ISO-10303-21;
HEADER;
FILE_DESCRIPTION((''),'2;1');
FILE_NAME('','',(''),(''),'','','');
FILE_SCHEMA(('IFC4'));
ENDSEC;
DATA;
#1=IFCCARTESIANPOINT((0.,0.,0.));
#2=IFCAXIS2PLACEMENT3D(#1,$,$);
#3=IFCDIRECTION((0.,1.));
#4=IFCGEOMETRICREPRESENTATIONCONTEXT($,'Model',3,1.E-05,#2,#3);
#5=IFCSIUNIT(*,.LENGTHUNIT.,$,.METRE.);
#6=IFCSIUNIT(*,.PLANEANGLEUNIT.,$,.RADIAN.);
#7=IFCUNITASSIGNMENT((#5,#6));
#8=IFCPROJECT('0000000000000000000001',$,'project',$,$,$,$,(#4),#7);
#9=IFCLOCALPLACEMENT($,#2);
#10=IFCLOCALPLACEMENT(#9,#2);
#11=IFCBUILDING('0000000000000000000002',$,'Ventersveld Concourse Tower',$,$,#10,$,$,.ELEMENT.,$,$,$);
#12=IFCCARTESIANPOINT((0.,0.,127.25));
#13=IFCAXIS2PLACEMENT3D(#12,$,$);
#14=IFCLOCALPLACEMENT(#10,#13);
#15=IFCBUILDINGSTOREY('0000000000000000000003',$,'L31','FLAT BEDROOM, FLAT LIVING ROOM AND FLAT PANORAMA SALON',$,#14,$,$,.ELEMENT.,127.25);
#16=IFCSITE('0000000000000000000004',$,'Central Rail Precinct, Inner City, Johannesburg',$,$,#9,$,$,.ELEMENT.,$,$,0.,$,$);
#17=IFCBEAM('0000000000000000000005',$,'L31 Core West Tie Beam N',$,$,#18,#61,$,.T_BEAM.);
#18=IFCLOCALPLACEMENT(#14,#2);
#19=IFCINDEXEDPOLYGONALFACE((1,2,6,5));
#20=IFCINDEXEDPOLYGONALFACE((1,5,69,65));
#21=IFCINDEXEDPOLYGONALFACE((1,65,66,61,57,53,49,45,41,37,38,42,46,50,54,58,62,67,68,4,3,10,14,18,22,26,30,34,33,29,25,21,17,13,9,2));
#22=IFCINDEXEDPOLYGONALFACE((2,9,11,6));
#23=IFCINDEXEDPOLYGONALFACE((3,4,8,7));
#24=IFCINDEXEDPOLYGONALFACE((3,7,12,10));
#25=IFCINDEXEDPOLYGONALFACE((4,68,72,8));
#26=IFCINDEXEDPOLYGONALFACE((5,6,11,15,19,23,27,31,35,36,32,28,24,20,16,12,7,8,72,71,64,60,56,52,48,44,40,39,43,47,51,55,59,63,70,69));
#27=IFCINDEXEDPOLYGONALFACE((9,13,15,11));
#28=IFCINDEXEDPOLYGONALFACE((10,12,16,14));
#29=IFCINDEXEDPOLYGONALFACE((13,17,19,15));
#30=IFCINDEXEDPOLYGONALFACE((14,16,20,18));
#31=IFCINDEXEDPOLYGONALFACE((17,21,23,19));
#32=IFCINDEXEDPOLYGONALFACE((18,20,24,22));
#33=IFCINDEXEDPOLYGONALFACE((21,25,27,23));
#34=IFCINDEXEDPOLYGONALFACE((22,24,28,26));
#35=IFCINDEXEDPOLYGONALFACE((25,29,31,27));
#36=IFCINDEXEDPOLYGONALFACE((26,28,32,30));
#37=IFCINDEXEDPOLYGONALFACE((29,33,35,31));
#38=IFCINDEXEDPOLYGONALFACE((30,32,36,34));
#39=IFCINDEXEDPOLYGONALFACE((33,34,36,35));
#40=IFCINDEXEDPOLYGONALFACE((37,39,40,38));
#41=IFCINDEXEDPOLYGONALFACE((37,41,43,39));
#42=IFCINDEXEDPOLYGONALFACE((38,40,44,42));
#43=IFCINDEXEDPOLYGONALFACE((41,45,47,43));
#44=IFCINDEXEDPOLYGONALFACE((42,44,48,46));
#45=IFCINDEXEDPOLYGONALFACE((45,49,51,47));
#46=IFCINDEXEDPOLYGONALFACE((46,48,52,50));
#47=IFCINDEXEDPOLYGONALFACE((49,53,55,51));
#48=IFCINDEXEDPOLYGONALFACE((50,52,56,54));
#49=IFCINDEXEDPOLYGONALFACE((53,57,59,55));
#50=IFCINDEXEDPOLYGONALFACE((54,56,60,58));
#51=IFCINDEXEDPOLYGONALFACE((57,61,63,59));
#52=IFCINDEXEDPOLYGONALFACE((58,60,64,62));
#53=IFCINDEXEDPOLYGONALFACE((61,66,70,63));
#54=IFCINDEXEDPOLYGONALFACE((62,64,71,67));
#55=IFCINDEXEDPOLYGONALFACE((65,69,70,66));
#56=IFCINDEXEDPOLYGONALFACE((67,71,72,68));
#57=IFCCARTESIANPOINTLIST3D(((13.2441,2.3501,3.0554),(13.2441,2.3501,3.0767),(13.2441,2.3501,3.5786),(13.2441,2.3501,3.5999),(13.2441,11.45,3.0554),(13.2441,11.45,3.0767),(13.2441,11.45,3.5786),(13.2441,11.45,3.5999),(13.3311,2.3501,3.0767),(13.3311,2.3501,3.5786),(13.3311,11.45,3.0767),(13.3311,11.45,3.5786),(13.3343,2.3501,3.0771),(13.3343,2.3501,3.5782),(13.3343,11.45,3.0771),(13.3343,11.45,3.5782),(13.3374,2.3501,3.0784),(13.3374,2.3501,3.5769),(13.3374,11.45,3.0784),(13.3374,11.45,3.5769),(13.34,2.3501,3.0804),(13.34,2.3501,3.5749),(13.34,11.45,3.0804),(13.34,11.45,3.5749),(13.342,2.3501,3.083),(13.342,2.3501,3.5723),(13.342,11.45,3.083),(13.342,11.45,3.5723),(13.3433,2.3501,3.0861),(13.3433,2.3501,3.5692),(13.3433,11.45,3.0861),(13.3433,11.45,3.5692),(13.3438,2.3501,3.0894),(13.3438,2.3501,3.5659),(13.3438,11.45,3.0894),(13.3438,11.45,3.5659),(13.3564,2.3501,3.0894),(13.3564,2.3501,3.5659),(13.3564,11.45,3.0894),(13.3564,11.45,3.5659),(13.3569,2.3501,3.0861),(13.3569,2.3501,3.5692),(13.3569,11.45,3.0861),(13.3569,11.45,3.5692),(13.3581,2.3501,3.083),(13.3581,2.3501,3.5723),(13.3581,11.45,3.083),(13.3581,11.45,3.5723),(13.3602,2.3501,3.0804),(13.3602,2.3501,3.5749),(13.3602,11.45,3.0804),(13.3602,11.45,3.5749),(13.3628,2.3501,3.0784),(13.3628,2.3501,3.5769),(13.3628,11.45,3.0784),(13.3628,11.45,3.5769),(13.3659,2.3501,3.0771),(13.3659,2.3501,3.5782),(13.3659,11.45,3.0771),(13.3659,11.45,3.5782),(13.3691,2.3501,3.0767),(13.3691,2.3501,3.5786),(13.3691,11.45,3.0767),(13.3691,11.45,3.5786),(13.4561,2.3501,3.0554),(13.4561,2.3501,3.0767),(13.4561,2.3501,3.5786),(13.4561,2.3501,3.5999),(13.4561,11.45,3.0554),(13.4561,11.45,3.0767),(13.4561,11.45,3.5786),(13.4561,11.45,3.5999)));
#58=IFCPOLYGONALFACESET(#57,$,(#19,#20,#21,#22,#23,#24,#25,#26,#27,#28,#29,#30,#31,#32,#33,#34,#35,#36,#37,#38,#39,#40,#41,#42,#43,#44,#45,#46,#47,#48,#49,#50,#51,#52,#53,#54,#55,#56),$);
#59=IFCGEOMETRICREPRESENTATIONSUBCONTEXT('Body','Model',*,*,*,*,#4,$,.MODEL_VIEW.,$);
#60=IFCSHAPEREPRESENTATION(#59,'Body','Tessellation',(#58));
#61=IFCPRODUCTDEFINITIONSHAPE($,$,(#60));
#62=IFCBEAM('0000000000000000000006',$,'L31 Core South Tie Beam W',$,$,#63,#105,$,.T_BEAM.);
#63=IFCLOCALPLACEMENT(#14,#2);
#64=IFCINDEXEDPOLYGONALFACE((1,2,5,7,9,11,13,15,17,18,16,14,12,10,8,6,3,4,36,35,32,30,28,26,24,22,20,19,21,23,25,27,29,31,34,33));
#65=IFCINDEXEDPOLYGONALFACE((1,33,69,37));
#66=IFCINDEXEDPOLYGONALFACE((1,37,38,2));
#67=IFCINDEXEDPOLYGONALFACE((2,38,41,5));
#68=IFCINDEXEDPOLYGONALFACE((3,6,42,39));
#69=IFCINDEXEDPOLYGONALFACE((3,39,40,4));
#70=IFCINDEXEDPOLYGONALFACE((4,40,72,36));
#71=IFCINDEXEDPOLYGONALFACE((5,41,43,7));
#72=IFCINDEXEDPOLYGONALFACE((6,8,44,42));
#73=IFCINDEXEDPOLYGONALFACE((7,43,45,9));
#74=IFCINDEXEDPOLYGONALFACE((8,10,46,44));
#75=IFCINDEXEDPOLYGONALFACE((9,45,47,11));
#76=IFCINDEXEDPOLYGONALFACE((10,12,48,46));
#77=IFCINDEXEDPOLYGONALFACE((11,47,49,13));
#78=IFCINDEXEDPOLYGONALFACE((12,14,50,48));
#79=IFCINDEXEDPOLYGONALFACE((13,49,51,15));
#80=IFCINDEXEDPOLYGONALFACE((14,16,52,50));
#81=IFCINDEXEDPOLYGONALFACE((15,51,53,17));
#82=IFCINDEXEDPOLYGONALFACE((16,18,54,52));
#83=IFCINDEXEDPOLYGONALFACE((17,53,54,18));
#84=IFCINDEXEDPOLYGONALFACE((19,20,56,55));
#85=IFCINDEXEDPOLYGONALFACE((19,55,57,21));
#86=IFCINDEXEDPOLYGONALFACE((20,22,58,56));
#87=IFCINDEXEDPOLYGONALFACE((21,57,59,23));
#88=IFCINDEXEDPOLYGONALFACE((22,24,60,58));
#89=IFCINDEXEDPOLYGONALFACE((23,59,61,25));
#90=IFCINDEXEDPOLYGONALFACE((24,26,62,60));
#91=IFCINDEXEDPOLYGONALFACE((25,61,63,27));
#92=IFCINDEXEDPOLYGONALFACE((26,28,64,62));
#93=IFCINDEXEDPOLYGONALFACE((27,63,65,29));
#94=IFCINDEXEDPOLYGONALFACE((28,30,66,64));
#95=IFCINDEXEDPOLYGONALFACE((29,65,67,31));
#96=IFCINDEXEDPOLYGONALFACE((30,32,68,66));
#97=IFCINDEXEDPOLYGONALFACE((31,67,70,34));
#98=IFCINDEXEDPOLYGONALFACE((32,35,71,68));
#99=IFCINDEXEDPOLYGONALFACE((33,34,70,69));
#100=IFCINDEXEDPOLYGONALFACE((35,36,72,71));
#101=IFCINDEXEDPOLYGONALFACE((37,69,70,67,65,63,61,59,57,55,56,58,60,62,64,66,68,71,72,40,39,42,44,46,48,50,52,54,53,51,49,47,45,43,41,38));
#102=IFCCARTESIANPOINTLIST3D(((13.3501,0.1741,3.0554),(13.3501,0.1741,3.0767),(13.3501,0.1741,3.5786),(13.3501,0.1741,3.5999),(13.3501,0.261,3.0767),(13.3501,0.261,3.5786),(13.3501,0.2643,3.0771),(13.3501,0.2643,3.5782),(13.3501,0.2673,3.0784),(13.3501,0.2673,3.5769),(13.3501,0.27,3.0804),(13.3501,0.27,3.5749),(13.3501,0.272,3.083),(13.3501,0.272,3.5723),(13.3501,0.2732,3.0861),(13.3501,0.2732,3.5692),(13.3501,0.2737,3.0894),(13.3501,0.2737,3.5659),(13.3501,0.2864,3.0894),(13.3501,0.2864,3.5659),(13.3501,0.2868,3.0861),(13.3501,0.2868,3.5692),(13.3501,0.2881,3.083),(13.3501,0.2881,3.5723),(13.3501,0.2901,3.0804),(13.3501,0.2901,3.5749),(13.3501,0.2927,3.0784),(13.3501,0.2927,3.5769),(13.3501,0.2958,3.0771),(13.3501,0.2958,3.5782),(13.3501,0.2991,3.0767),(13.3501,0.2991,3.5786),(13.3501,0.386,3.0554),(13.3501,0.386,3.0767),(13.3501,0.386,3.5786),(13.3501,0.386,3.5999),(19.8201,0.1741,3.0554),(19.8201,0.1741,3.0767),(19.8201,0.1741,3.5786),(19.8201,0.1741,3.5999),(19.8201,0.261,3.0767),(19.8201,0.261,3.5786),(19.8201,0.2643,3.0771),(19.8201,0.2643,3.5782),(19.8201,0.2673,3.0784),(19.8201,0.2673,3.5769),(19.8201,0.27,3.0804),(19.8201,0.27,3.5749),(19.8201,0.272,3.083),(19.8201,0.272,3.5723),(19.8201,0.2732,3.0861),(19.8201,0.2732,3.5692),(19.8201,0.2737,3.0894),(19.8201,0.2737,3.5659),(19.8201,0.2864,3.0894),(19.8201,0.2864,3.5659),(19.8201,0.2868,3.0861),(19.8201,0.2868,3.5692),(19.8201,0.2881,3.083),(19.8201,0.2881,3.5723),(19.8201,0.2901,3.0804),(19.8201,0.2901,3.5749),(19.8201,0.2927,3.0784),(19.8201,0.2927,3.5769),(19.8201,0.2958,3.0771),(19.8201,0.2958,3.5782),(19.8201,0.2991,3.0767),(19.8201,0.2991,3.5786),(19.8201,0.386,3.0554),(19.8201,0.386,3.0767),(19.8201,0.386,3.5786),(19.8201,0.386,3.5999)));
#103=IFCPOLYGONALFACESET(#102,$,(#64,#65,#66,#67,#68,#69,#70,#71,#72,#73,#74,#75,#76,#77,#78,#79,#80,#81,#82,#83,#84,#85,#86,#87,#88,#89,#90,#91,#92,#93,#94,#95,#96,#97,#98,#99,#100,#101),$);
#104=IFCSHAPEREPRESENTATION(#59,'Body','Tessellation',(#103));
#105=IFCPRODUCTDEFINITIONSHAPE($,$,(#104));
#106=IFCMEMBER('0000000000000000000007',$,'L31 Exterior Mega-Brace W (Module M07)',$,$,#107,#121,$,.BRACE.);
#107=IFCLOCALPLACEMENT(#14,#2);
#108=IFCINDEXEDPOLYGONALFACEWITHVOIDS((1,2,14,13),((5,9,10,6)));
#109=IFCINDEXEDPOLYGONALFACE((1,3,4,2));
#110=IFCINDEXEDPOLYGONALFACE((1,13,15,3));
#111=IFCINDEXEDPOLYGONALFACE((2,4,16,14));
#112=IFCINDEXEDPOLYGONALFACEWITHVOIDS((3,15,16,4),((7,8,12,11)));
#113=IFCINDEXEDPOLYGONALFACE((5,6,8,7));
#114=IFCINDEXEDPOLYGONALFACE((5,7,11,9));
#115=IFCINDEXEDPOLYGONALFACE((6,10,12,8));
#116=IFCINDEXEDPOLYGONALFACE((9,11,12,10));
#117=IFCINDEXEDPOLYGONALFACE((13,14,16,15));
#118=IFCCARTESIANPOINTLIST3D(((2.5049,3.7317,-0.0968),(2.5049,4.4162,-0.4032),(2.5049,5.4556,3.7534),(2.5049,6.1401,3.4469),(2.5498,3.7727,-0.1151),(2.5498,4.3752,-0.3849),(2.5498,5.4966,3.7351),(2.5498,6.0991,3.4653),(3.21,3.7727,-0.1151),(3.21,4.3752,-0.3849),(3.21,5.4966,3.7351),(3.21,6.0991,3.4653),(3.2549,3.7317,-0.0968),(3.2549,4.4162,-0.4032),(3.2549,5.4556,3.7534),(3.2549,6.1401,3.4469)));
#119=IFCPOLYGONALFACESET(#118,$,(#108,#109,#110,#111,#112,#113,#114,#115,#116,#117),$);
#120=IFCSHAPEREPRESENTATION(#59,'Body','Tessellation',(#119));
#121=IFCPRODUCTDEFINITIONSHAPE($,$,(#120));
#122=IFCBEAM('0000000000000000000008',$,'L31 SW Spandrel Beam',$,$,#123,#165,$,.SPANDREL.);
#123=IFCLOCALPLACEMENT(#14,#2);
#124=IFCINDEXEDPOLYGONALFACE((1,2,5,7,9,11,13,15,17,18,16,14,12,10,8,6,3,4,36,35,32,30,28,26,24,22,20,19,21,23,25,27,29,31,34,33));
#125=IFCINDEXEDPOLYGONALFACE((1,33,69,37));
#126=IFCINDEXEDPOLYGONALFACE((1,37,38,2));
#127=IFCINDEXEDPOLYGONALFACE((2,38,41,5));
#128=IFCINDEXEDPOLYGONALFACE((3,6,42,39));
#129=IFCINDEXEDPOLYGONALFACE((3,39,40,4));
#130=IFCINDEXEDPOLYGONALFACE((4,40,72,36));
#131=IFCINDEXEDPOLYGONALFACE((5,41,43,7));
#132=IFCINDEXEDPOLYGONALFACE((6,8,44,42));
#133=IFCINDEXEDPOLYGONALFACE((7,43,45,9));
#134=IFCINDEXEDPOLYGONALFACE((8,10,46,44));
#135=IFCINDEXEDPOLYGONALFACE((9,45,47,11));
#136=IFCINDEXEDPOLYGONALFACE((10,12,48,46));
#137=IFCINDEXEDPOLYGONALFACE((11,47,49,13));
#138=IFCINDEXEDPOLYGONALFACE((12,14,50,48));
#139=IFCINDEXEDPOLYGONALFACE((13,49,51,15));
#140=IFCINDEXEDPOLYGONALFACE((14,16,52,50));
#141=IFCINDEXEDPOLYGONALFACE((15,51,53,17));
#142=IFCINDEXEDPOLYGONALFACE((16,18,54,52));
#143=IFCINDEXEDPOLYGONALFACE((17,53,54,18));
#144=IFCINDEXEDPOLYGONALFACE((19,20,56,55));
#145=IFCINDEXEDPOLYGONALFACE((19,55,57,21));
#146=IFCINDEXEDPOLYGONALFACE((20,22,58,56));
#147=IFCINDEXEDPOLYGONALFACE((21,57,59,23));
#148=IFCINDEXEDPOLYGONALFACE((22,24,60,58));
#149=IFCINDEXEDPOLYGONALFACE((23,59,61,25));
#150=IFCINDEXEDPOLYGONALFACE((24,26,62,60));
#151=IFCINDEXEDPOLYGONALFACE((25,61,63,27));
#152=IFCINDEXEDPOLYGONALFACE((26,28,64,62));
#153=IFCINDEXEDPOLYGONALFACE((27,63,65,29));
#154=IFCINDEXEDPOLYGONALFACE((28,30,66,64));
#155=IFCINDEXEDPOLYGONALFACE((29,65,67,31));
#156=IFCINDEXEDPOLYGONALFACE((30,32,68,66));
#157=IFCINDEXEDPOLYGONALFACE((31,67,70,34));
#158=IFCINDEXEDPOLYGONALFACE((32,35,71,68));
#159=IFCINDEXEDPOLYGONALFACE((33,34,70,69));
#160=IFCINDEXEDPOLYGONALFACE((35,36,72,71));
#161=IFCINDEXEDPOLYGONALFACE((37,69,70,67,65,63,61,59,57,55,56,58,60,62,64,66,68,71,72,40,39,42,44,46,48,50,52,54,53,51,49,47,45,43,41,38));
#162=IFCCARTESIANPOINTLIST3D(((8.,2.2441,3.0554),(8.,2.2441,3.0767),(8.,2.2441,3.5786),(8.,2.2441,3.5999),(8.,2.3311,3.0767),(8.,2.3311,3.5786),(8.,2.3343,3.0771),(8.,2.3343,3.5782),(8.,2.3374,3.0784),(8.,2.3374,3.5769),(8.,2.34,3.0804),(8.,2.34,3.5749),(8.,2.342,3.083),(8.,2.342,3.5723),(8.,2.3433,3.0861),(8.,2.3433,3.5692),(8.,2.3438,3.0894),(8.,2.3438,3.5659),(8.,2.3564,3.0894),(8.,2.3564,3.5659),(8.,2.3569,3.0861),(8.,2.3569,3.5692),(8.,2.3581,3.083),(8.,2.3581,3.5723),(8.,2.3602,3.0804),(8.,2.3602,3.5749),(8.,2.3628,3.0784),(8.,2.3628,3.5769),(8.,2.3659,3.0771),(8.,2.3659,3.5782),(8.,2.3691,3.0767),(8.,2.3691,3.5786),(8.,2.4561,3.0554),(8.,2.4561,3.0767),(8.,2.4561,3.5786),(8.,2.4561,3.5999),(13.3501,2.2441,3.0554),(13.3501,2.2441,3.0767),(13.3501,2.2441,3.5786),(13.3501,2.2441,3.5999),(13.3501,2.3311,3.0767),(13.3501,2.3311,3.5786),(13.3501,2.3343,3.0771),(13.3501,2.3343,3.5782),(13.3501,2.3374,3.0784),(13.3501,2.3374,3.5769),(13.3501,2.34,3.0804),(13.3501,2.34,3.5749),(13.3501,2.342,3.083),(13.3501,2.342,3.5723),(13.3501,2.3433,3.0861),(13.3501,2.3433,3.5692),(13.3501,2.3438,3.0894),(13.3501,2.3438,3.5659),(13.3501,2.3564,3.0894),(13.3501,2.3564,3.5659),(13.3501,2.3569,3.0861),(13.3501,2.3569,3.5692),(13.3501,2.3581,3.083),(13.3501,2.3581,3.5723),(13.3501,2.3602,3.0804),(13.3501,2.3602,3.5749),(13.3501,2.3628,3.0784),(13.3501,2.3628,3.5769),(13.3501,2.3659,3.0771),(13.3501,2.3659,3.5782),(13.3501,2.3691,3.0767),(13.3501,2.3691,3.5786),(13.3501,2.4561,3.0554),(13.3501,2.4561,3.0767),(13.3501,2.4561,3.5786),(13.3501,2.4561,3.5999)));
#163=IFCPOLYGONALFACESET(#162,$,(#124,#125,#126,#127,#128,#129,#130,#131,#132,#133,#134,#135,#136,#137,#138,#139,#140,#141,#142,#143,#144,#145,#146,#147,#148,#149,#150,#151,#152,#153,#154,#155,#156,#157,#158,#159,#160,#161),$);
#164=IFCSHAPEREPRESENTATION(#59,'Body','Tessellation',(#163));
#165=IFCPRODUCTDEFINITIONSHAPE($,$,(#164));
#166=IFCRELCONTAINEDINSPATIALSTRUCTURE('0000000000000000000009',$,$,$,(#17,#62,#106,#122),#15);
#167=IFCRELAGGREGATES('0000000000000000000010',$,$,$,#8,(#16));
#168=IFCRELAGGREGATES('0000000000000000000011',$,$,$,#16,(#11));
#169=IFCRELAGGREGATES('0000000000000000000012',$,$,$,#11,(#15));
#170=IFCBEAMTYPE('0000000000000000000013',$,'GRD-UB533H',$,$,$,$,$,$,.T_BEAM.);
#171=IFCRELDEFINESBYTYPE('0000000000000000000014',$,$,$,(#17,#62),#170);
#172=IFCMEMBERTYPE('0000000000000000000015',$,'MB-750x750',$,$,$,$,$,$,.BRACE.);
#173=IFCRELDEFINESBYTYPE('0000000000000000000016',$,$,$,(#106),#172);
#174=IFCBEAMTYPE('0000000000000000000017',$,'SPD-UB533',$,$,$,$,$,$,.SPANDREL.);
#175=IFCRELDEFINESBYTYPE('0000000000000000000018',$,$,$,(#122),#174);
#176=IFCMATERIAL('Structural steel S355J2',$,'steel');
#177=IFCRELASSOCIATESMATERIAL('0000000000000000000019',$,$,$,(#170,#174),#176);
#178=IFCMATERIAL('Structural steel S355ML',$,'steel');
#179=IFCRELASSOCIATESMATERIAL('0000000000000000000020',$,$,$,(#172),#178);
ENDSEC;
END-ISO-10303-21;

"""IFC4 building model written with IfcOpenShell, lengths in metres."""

from ifc_helpers import new_model, si_unit, direction, frame, origin, origin_2d, place, context, subcontext, project, spatial, hollow_rectangle, i_section, extrude, material, material_profile, profile_set, type_object, element, save


model = new_model("IFC4")

# Units and contexts
model_context = context("Model", 3, precision=1e-05, world=origin(), true_north=direction((0.0, 1.0)))
body_context = subcontext(model_context, "Body", "Model", "MODEL_VIEW")
ifc_project = project(units=[si_unit("LENGTHUNIT", "METRE"), si_unit("PLANEANGLEUNIT", "RADIAN")], contexts=[model_context])

# Site, building, storey
site_placement = place(None, origin())
site = spatial("IfcSite", under=ifc_project, at=site_placement, Name="Central Rail Precinct, Inner City, Johannesburg", CompositionType="ELEMENT", RefElevation=0.0)
building_placement = place(site_placement, origin())
building = spatial("IfcBuilding", under=site, at=building_placement, Name="Ventersveld Concourse Tower", CompositionType="ELEMENT")
storey_placement = place(building_placement, frame((0.0, 0.0, 127.25)))
storey = spatial("IfcBuildingStorey", under=building, at=storey_placement, Name="L31", Description="FLAT BEDROOM, FLAT LIVING ROOM AND FLAT PANORAMA SALON", CompositionType="ELEMENT", Elevation=127.25)

# Beams
ifc_material_1 = material(Name="Structural steel S355J2", Category="steel")
ifc_material_profile_1 = material_profile(ifc_material_1, i_section(OverallWidth=0.2119, OverallDepth=0.5444, WebThickness=0.0127, FlangeThickness=0.0212, FilletRadius=0.0127, at=origin_2d()), Name="UB 533x210x122")
ifc_profile_set_1 = profile_set([ifc_material_profile_1], Name="Structural steel S355J2")
beam_type_1 = type_object("IfcBeamType", Name="GRD-UB533H", PredefinedType="T_BEAM", material=ifc_profile_set_1)
beam_1_placement = place(storey_placement, frame((13.3501, 2.3501, 3.3276), z_axis=(0.0, 1.0, 0.0), x_axis=(-1.0, 0.0, 0.0)))
element("IfcBeam", 1, at=beam_1_placement, inside=storey, type_object=beam_type_1, Name="L31 Core West Tie Beam N", PredefinedType="T_BEAM", context=body_context, shape_type="SweptSolid", body=[
    extrude(i_section(OverallWidth=0.2119, OverallDepth=0.5444, WebThickness=0.0127, FlangeThickness=0.0212, FilletRadius=0.0127, at=origin_2d()), origin(), (0.0, 0.0, 1.0), 9.0999),
])
beam_2_placement = place(storey_placement, frame((13.3501, 0.28, 3.3276), z_axis=(1.0, 0.0, 0.0), x_axis=(0.0, 1.0, 0.0)))
element("IfcBeam", 2, at=beam_2_placement, inside=storey, type_object=beam_type_1, Name="L31 Core South Tie Beam W", PredefinedType="T_BEAM", context=body_context, shape_type="SweptSolid", body=[
    extrude(i_section(OverallWidth=0.2119, OverallDepth=0.5444, WebThickness=0.0127, FlangeThickness=0.0212, FilletRadius=0.0127, at=origin_2d()), origin(), (0.0, 0.0, 1.0), 6.47),
])

# Member
ifc_material_2 = material(Name="Structural steel S355ML", Category="steel")
ifc_material_profile_2 = material_profile(ifc_material_2, hollow_rectangle(XDim=0.75, YDim=0.75, WallThickness=0.0449, at=origin_2d()), Name="BOX 750x750x45")
ifc_profile_set_2 = profile_set([ifc_material_profile_2], Name="Structural steel S355ML")
member_type = type_object("IfcMemberType", Name="MB-750x750", PredefinedType="BRACE", material=ifc_profile_set_2)
member_placement = place(storey_placement, frame((2.8799, 4.074, -0.25), z_axis=(0.0, 0.408655, 0.912689), x_axis=(-1.0, 0.0, 0.0)))
element("IfcMember", 3, at=member_placement, inside=storey, type_object=member_type, Name="L31 Exterior Mega-Brace W (Module M07)", PredefinedType="BRACE", context=body_context, shape_type="SweptSolid", body=[
    extrude(hollow_rectangle(XDim=0.75, YDim=0.75, WallThickness=0.0449, at=origin_2d()), origin(), (0.0, 0.0, 1.0), 4.2185),
])

# Beam
ifc_material_profile_3 = material_profile(ifc_material_1, i_section(OverallWidth=0.2119, OverallDepth=0.5444, WebThickness=0.0127, FlangeThickness=0.0212, FilletRadius=0.0127, at=origin_2d()), Name="UB 533x210x122")
ifc_profile_set_3 = profile_set([ifc_material_profile_3], Name="Structural steel S355J2")
beam_type_2 = type_object("IfcBeamType", Name="SPD-UB533", PredefinedType="SPANDREL", material=ifc_profile_set_3)
beam_3_placement = place(storey_placement, frame((8.0, 2.3501, 3.3276), z_axis=(1.0, 0.0, 0.0), x_axis=(0.0, 1.0, 0.0)))
element("IfcBeam", 4, at=beam_3_placement, inside=storey, type_object=beam_type_2, Name="L31 SW Spandrel Beam", PredefinedType="SPANDREL", context=body_context, shape_type="SweptSolid", body=[
    extrude(i_section(OverallWidth=0.2119, OverallDepth=0.5444, WebThickness=0.0127, FlangeThickness=0.0212, FilletRadius=0.0127, at=origin_2d()), origin(), (0.0, 0.0, 1.0), 5.3501),
])

save(model, "model.ifc")
